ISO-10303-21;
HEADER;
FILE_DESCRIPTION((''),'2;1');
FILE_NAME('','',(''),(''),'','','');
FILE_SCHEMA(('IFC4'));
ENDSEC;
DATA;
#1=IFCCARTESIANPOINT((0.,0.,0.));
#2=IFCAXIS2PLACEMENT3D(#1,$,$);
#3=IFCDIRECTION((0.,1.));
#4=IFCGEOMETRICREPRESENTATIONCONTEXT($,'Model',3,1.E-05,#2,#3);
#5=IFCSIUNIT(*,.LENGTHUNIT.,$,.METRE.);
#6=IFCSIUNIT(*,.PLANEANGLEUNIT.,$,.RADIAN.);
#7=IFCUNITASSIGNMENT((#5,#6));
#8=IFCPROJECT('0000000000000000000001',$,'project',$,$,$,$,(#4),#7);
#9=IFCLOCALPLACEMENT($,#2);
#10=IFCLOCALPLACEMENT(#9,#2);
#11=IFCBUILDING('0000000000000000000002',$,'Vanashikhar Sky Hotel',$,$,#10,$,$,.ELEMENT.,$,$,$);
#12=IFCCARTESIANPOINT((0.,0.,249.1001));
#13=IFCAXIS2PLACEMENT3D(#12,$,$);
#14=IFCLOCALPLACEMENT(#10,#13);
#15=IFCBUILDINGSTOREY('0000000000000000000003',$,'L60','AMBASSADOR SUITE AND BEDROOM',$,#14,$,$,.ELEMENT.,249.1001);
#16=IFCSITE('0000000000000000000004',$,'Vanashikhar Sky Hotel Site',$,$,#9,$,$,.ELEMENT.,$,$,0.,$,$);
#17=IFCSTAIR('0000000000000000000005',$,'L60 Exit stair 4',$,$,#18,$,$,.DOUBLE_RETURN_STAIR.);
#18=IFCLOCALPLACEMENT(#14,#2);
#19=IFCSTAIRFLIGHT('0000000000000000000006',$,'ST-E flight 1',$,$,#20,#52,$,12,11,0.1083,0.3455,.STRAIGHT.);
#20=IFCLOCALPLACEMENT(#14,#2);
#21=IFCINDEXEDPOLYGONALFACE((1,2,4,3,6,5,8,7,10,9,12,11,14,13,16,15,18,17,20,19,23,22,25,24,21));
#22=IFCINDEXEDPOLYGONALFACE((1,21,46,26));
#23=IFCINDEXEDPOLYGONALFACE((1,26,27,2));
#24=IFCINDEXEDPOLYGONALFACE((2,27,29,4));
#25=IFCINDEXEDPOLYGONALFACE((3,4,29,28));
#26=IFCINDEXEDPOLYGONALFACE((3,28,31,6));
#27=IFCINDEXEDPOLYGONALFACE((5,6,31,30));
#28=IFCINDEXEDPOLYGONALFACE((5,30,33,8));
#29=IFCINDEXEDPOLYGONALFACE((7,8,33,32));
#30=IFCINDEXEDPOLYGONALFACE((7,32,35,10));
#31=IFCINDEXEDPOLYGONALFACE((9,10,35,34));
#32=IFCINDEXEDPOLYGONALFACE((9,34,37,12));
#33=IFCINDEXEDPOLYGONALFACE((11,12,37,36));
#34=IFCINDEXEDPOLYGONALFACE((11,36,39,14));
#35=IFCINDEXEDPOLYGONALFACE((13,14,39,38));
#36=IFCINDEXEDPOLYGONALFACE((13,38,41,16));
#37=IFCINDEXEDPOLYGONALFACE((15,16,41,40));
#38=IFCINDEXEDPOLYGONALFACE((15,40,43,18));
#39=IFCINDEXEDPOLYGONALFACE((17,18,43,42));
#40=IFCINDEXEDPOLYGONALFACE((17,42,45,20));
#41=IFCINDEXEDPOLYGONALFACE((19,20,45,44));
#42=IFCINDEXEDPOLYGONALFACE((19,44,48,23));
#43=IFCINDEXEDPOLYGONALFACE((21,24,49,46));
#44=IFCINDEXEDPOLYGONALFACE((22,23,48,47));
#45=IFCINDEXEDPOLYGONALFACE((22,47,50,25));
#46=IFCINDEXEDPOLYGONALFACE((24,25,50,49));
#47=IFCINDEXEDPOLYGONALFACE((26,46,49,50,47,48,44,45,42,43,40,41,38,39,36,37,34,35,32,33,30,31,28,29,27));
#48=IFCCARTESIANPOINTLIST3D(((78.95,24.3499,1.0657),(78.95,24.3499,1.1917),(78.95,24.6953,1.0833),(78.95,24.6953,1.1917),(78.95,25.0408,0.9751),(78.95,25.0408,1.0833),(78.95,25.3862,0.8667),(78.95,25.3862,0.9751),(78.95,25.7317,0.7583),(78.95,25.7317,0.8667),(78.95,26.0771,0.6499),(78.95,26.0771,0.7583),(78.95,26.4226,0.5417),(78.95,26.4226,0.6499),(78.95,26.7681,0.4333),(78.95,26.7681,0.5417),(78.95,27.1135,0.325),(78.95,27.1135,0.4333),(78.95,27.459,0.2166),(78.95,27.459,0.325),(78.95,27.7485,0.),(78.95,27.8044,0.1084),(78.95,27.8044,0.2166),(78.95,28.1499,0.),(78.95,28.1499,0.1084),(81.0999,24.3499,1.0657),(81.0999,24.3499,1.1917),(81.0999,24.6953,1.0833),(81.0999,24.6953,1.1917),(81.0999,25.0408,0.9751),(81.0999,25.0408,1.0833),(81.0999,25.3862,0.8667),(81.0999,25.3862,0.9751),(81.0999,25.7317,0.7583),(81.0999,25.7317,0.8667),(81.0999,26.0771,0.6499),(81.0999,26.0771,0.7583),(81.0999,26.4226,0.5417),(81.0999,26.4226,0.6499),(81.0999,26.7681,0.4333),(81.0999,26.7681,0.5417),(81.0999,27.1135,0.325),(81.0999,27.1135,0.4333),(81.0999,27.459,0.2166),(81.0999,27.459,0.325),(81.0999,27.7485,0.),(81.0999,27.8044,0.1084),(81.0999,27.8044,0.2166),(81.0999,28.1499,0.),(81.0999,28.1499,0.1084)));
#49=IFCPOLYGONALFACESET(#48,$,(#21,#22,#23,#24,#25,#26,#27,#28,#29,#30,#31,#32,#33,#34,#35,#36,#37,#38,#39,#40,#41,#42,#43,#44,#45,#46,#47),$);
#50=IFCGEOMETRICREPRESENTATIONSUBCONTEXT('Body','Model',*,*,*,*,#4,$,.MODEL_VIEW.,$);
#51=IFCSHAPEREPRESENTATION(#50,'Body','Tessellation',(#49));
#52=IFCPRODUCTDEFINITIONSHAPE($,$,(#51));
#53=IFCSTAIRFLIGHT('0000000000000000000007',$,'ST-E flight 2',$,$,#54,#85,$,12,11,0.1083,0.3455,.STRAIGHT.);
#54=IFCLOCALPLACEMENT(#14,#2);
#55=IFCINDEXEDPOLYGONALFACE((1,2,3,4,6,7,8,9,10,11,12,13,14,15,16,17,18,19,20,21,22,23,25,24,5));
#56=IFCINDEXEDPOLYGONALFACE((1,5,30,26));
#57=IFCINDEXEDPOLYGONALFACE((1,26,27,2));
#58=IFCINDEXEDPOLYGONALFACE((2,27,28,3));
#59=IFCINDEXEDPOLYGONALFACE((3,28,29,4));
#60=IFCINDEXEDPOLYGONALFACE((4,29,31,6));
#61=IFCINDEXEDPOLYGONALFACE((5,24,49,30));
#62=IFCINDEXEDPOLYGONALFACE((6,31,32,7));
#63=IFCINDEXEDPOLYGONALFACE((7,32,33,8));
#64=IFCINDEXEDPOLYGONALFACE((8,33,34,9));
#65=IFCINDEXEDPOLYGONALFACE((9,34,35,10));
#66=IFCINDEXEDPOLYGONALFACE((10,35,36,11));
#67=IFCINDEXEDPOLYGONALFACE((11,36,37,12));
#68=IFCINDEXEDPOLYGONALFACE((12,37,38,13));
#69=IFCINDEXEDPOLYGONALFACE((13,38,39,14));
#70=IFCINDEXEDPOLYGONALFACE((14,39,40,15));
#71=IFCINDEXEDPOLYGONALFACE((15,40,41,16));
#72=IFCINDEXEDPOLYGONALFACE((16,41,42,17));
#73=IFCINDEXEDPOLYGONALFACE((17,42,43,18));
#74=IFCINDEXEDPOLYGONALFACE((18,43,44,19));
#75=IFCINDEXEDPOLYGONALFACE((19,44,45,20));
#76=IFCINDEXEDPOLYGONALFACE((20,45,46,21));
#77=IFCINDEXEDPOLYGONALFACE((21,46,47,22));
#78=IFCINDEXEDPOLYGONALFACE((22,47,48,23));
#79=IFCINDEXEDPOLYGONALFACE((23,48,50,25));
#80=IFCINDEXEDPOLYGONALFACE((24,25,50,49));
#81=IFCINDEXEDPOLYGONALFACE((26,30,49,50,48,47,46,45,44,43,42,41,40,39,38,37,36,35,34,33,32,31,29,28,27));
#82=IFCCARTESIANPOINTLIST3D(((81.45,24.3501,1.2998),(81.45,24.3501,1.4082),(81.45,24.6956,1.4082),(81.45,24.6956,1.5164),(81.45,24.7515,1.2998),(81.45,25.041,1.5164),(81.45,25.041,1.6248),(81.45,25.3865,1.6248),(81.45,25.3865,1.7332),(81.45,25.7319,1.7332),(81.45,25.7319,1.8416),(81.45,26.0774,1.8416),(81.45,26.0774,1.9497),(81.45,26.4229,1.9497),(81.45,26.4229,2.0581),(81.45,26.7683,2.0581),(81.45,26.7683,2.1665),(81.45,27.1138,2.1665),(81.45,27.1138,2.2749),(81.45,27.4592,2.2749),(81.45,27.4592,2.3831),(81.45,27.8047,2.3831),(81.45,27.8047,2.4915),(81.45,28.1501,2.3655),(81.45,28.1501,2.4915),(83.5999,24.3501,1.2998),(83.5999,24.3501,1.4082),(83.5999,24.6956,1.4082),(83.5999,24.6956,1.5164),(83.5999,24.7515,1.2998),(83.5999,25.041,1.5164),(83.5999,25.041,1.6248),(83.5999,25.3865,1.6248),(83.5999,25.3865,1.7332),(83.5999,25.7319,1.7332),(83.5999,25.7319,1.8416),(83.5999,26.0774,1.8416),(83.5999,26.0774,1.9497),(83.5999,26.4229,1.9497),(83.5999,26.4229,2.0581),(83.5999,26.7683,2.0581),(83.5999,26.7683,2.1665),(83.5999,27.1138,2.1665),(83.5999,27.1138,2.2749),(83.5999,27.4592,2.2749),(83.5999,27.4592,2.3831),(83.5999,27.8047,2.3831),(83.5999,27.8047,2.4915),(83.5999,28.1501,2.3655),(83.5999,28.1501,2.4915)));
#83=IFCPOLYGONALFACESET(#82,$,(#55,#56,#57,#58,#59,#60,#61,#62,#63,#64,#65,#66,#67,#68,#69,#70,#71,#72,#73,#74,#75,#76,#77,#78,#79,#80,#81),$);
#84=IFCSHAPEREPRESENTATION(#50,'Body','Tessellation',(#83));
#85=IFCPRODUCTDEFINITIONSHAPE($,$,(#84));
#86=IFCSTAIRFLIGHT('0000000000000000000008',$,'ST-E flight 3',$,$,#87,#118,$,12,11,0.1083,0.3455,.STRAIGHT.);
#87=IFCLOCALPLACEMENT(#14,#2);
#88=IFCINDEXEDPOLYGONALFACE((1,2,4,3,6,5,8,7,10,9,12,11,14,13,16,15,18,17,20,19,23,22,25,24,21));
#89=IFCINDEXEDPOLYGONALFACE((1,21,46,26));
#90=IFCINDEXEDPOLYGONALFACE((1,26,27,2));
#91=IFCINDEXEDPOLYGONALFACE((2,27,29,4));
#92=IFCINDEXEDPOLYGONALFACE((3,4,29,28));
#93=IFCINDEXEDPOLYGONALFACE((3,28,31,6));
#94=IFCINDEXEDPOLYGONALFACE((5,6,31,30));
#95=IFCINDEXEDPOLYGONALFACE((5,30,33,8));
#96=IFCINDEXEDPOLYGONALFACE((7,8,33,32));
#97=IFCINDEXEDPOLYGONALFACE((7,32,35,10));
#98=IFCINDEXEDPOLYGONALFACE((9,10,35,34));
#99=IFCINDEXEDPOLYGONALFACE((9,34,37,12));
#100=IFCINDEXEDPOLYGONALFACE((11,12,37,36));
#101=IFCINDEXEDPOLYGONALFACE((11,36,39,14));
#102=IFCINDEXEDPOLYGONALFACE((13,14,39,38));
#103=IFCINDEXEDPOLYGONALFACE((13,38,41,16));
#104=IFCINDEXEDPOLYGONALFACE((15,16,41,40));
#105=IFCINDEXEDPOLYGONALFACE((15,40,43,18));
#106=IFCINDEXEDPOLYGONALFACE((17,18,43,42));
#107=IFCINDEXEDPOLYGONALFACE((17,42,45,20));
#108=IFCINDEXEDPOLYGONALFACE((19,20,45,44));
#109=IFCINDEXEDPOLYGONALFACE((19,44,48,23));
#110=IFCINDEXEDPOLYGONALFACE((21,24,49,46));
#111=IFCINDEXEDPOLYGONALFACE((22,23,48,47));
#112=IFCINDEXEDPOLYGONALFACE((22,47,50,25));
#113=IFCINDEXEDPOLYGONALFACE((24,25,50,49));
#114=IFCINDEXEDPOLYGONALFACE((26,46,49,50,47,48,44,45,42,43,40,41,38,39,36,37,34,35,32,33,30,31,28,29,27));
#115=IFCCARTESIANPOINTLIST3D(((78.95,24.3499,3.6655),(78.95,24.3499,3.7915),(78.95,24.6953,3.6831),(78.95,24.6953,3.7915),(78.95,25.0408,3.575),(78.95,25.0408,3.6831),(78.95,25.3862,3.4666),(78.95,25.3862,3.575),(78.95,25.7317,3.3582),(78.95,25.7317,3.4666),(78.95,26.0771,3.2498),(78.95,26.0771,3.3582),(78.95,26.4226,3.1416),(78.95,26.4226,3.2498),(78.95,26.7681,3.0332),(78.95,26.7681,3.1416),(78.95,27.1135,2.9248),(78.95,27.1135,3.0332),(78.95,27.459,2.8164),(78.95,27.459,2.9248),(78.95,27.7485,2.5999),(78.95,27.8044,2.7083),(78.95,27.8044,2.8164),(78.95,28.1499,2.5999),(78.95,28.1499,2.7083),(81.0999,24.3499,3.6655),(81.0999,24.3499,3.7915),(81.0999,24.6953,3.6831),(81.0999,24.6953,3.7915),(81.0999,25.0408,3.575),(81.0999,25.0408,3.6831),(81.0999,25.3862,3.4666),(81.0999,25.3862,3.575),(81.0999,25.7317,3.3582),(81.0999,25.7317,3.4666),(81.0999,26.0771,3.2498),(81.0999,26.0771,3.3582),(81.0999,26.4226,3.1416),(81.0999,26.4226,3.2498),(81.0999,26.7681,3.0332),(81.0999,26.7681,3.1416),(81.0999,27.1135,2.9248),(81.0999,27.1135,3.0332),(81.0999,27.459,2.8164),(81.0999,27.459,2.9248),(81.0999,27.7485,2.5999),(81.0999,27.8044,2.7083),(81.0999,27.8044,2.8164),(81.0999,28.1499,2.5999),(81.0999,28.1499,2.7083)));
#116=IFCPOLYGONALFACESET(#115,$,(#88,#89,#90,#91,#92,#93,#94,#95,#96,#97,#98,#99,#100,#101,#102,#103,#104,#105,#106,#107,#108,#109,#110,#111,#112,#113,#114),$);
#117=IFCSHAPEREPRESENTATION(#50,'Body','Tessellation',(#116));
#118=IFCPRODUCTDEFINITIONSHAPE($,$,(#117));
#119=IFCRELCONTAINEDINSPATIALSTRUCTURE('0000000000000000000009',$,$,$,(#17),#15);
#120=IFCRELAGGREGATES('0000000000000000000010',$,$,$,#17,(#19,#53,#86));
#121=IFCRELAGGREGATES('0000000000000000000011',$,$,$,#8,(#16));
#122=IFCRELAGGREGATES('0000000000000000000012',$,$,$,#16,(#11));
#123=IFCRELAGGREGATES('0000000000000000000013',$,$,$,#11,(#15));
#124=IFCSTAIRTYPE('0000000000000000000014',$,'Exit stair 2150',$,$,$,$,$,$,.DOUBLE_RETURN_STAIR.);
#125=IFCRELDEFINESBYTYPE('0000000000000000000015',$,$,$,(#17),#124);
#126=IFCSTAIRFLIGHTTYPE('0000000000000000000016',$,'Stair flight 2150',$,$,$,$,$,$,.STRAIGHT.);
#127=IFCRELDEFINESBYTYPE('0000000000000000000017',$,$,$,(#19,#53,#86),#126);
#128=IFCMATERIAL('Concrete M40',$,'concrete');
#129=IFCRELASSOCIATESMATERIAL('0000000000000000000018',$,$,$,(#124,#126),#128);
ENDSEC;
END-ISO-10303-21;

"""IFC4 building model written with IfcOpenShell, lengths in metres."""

from ifc_helpers import new_model, si_unit, direction, frame, origin, place, context, subcontext, project, spatial, polyline, outline, extrude, source, transform, mapped, material, type_object, element, aggregate, save


model = new_model("IFC4")

# Units and contexts
model_context = context("Model", 3, precision=1e-05, world=origin(), true_north=direction((0.0, 1.0)))
body_context = subcontext(model_context, "Body", "Model", "MODEL_VIEW")
ifc_project = project(units=[si_unit("LENGTHUNIT", "METRE"), si_unit("PLANEANGLEUNIT", "RADIAN")], contexts=[model_context])

# Site, building, storey
site_placement = place(None, origin())
site = spatial("IfcSite", under=ifc_project, at=site_placement, Name="Vanashikhar Sky Hotel Site", CompositionType="ELEMENT", RefElevation=0.0)
building_placement = place(site_placement, origin())
building = spatial("IfcBuilding", under=site, at=building_placement, Name="Vanashikhar Sky Hotel", CompositionType="ELEMENT")
storey_placement = place(building_placement, frame((0.0, 0.0, 249.1001)))
storey = spatial("IfcBuildingStorey", under=building, at=storey_placement, Name="L60", Description="AMBASSADOR SUITE AND BEDROOM", CompositionType="ELEMENT", Elevation=249.1001)

# Shared definitions
ifc_material_1 = material(Name="Concrete M40", Category="concrete")
stair_type = type_object("IfcStairType", Name="Exit stair 2150", PredefinedType="DOUBLE_RETURN_STAIR", material=ifc_material_1)
stair_flight_type = type_object("IfcStairFlightType", Name="Stair flight 2150", PredefinedType="STRAIGHT", material=ifc_material_1)
shared_shape_1 = source(origin(), body_context, "Body", "SweptSolid", [
    extrude(outline(polyline([(0.0, 0.0), (0.0, 0.1084), (0.3455, 0.1084), (0.3455, 0.2166), (0.6909, 0.2166), (0.6909, 0.325), (1.0364, 0.325), (1.0364, 0.4333), (1.3818, 0.4333), (1.3818, 0.5417), (1.7273, 0.5417), (1.7273, 0.6499), (2.0728, 0.6499), (2.0728, 0.7583), (2.4182, 0.7583), (2.4182, 0.8667), (2.7637, 0.8667), (2.7637, 0.9751), (3.1091, 0.9751), (3.1091, 1.0833), (3.4546, 1.0833), (3.4546, 1.1917), (3.8, 1.1917), (3.8, 1.3), (3.8, 1.0657), (0.4014, 0.0), (0.0, 0.0)])), frame((0.0, 1.075, 0.0), z_axis=(0.0, -1.0, 0.0), x_axis=(1.0, 0.0, 0.0)), (0.0, 0.0, 1.0), 2.1499),
])

# Stair, stair flights
stair_1_placement = place(storey_placement, origin())
stair_1 = element("IfcStair", 1, at=stair_1_placement, inside=storey, type_object=stair_type, Name="L60 Exit stair 4", PredefinedType="DOUBLE_RETURN_STAIR")
stair_flight_1_placement = place(storey_placement, frame((80.0249, 28.1499, 0.0), z_axis=(0.0, 0.0, 1.0), x_axis=(0.0, -1.0, 0.0)))
stair_flight_1 = element("IfcStairFlight", 2, at=stair_flight_1_placement, type_object=stair_flight_type, Name="ST-E flight 1", NumberOfRisers=12, NumberOfTreads=11, PredefinedType="STRAIGHT", RiserHeight=0.1083, TreadLength=0.3455, context=body_context, shape_type="MappedRepresentation", body=[
    mapped(shared_shape_1, transform((0.0, 0.0, 0.0), scale=1.0)),
])
stair_flight_2_placement = place(storey_placement, frame((82.5249, 24.3501, 1.2998), z_axis=(0.0, 0.0, 1.0), x_axis=(0.0, 1.0, 0.0)))
stair_flight_2 = element("IfcStairFlight", 3, at=stair_flight_2_placement, type_object=stair_flight_type, Name="ST-E flight 2", NumberOfRisers=12, NumberOfTreads=11, PredefinedType="STRAIGHT", RiserHeight=0.1083, TreadLength=0.3455, context=body_context, shape_type="MappedRepresentation", body=[
    mapped(shared_shape_1, transform((0.0, 0.0, 0.0), scale=1.0)),
])
stair_flight_3_placement = place(storey_placement, frame((80.0249, 28.1499, 2.5999), z_axis=(0.0, 0.0, 1.0), x_axis=(0.0, -1.0, 0.0)))
stair_flight_3 = element("IfcStairFlight", 4, at=stair_flight_3_placement, type_object=stair_flight_type, Name="ST-E flight 3", NumberOfRisers=12, NumberOfTreads=11, PredefinedType="STRAIGHT", RiserHeight=0.1083, TreadLength=0.3455, context=body_context, shape_type="MappedRepresentation", body=[
    mapped(shared_shape_1, transform((0.0, 0.0, 0.0), scale=1.0)),
])
aggregate(stair_1, [stair_flight_1, stair_flight_2, stair_flight_3])

save(model, "model.ifc")
